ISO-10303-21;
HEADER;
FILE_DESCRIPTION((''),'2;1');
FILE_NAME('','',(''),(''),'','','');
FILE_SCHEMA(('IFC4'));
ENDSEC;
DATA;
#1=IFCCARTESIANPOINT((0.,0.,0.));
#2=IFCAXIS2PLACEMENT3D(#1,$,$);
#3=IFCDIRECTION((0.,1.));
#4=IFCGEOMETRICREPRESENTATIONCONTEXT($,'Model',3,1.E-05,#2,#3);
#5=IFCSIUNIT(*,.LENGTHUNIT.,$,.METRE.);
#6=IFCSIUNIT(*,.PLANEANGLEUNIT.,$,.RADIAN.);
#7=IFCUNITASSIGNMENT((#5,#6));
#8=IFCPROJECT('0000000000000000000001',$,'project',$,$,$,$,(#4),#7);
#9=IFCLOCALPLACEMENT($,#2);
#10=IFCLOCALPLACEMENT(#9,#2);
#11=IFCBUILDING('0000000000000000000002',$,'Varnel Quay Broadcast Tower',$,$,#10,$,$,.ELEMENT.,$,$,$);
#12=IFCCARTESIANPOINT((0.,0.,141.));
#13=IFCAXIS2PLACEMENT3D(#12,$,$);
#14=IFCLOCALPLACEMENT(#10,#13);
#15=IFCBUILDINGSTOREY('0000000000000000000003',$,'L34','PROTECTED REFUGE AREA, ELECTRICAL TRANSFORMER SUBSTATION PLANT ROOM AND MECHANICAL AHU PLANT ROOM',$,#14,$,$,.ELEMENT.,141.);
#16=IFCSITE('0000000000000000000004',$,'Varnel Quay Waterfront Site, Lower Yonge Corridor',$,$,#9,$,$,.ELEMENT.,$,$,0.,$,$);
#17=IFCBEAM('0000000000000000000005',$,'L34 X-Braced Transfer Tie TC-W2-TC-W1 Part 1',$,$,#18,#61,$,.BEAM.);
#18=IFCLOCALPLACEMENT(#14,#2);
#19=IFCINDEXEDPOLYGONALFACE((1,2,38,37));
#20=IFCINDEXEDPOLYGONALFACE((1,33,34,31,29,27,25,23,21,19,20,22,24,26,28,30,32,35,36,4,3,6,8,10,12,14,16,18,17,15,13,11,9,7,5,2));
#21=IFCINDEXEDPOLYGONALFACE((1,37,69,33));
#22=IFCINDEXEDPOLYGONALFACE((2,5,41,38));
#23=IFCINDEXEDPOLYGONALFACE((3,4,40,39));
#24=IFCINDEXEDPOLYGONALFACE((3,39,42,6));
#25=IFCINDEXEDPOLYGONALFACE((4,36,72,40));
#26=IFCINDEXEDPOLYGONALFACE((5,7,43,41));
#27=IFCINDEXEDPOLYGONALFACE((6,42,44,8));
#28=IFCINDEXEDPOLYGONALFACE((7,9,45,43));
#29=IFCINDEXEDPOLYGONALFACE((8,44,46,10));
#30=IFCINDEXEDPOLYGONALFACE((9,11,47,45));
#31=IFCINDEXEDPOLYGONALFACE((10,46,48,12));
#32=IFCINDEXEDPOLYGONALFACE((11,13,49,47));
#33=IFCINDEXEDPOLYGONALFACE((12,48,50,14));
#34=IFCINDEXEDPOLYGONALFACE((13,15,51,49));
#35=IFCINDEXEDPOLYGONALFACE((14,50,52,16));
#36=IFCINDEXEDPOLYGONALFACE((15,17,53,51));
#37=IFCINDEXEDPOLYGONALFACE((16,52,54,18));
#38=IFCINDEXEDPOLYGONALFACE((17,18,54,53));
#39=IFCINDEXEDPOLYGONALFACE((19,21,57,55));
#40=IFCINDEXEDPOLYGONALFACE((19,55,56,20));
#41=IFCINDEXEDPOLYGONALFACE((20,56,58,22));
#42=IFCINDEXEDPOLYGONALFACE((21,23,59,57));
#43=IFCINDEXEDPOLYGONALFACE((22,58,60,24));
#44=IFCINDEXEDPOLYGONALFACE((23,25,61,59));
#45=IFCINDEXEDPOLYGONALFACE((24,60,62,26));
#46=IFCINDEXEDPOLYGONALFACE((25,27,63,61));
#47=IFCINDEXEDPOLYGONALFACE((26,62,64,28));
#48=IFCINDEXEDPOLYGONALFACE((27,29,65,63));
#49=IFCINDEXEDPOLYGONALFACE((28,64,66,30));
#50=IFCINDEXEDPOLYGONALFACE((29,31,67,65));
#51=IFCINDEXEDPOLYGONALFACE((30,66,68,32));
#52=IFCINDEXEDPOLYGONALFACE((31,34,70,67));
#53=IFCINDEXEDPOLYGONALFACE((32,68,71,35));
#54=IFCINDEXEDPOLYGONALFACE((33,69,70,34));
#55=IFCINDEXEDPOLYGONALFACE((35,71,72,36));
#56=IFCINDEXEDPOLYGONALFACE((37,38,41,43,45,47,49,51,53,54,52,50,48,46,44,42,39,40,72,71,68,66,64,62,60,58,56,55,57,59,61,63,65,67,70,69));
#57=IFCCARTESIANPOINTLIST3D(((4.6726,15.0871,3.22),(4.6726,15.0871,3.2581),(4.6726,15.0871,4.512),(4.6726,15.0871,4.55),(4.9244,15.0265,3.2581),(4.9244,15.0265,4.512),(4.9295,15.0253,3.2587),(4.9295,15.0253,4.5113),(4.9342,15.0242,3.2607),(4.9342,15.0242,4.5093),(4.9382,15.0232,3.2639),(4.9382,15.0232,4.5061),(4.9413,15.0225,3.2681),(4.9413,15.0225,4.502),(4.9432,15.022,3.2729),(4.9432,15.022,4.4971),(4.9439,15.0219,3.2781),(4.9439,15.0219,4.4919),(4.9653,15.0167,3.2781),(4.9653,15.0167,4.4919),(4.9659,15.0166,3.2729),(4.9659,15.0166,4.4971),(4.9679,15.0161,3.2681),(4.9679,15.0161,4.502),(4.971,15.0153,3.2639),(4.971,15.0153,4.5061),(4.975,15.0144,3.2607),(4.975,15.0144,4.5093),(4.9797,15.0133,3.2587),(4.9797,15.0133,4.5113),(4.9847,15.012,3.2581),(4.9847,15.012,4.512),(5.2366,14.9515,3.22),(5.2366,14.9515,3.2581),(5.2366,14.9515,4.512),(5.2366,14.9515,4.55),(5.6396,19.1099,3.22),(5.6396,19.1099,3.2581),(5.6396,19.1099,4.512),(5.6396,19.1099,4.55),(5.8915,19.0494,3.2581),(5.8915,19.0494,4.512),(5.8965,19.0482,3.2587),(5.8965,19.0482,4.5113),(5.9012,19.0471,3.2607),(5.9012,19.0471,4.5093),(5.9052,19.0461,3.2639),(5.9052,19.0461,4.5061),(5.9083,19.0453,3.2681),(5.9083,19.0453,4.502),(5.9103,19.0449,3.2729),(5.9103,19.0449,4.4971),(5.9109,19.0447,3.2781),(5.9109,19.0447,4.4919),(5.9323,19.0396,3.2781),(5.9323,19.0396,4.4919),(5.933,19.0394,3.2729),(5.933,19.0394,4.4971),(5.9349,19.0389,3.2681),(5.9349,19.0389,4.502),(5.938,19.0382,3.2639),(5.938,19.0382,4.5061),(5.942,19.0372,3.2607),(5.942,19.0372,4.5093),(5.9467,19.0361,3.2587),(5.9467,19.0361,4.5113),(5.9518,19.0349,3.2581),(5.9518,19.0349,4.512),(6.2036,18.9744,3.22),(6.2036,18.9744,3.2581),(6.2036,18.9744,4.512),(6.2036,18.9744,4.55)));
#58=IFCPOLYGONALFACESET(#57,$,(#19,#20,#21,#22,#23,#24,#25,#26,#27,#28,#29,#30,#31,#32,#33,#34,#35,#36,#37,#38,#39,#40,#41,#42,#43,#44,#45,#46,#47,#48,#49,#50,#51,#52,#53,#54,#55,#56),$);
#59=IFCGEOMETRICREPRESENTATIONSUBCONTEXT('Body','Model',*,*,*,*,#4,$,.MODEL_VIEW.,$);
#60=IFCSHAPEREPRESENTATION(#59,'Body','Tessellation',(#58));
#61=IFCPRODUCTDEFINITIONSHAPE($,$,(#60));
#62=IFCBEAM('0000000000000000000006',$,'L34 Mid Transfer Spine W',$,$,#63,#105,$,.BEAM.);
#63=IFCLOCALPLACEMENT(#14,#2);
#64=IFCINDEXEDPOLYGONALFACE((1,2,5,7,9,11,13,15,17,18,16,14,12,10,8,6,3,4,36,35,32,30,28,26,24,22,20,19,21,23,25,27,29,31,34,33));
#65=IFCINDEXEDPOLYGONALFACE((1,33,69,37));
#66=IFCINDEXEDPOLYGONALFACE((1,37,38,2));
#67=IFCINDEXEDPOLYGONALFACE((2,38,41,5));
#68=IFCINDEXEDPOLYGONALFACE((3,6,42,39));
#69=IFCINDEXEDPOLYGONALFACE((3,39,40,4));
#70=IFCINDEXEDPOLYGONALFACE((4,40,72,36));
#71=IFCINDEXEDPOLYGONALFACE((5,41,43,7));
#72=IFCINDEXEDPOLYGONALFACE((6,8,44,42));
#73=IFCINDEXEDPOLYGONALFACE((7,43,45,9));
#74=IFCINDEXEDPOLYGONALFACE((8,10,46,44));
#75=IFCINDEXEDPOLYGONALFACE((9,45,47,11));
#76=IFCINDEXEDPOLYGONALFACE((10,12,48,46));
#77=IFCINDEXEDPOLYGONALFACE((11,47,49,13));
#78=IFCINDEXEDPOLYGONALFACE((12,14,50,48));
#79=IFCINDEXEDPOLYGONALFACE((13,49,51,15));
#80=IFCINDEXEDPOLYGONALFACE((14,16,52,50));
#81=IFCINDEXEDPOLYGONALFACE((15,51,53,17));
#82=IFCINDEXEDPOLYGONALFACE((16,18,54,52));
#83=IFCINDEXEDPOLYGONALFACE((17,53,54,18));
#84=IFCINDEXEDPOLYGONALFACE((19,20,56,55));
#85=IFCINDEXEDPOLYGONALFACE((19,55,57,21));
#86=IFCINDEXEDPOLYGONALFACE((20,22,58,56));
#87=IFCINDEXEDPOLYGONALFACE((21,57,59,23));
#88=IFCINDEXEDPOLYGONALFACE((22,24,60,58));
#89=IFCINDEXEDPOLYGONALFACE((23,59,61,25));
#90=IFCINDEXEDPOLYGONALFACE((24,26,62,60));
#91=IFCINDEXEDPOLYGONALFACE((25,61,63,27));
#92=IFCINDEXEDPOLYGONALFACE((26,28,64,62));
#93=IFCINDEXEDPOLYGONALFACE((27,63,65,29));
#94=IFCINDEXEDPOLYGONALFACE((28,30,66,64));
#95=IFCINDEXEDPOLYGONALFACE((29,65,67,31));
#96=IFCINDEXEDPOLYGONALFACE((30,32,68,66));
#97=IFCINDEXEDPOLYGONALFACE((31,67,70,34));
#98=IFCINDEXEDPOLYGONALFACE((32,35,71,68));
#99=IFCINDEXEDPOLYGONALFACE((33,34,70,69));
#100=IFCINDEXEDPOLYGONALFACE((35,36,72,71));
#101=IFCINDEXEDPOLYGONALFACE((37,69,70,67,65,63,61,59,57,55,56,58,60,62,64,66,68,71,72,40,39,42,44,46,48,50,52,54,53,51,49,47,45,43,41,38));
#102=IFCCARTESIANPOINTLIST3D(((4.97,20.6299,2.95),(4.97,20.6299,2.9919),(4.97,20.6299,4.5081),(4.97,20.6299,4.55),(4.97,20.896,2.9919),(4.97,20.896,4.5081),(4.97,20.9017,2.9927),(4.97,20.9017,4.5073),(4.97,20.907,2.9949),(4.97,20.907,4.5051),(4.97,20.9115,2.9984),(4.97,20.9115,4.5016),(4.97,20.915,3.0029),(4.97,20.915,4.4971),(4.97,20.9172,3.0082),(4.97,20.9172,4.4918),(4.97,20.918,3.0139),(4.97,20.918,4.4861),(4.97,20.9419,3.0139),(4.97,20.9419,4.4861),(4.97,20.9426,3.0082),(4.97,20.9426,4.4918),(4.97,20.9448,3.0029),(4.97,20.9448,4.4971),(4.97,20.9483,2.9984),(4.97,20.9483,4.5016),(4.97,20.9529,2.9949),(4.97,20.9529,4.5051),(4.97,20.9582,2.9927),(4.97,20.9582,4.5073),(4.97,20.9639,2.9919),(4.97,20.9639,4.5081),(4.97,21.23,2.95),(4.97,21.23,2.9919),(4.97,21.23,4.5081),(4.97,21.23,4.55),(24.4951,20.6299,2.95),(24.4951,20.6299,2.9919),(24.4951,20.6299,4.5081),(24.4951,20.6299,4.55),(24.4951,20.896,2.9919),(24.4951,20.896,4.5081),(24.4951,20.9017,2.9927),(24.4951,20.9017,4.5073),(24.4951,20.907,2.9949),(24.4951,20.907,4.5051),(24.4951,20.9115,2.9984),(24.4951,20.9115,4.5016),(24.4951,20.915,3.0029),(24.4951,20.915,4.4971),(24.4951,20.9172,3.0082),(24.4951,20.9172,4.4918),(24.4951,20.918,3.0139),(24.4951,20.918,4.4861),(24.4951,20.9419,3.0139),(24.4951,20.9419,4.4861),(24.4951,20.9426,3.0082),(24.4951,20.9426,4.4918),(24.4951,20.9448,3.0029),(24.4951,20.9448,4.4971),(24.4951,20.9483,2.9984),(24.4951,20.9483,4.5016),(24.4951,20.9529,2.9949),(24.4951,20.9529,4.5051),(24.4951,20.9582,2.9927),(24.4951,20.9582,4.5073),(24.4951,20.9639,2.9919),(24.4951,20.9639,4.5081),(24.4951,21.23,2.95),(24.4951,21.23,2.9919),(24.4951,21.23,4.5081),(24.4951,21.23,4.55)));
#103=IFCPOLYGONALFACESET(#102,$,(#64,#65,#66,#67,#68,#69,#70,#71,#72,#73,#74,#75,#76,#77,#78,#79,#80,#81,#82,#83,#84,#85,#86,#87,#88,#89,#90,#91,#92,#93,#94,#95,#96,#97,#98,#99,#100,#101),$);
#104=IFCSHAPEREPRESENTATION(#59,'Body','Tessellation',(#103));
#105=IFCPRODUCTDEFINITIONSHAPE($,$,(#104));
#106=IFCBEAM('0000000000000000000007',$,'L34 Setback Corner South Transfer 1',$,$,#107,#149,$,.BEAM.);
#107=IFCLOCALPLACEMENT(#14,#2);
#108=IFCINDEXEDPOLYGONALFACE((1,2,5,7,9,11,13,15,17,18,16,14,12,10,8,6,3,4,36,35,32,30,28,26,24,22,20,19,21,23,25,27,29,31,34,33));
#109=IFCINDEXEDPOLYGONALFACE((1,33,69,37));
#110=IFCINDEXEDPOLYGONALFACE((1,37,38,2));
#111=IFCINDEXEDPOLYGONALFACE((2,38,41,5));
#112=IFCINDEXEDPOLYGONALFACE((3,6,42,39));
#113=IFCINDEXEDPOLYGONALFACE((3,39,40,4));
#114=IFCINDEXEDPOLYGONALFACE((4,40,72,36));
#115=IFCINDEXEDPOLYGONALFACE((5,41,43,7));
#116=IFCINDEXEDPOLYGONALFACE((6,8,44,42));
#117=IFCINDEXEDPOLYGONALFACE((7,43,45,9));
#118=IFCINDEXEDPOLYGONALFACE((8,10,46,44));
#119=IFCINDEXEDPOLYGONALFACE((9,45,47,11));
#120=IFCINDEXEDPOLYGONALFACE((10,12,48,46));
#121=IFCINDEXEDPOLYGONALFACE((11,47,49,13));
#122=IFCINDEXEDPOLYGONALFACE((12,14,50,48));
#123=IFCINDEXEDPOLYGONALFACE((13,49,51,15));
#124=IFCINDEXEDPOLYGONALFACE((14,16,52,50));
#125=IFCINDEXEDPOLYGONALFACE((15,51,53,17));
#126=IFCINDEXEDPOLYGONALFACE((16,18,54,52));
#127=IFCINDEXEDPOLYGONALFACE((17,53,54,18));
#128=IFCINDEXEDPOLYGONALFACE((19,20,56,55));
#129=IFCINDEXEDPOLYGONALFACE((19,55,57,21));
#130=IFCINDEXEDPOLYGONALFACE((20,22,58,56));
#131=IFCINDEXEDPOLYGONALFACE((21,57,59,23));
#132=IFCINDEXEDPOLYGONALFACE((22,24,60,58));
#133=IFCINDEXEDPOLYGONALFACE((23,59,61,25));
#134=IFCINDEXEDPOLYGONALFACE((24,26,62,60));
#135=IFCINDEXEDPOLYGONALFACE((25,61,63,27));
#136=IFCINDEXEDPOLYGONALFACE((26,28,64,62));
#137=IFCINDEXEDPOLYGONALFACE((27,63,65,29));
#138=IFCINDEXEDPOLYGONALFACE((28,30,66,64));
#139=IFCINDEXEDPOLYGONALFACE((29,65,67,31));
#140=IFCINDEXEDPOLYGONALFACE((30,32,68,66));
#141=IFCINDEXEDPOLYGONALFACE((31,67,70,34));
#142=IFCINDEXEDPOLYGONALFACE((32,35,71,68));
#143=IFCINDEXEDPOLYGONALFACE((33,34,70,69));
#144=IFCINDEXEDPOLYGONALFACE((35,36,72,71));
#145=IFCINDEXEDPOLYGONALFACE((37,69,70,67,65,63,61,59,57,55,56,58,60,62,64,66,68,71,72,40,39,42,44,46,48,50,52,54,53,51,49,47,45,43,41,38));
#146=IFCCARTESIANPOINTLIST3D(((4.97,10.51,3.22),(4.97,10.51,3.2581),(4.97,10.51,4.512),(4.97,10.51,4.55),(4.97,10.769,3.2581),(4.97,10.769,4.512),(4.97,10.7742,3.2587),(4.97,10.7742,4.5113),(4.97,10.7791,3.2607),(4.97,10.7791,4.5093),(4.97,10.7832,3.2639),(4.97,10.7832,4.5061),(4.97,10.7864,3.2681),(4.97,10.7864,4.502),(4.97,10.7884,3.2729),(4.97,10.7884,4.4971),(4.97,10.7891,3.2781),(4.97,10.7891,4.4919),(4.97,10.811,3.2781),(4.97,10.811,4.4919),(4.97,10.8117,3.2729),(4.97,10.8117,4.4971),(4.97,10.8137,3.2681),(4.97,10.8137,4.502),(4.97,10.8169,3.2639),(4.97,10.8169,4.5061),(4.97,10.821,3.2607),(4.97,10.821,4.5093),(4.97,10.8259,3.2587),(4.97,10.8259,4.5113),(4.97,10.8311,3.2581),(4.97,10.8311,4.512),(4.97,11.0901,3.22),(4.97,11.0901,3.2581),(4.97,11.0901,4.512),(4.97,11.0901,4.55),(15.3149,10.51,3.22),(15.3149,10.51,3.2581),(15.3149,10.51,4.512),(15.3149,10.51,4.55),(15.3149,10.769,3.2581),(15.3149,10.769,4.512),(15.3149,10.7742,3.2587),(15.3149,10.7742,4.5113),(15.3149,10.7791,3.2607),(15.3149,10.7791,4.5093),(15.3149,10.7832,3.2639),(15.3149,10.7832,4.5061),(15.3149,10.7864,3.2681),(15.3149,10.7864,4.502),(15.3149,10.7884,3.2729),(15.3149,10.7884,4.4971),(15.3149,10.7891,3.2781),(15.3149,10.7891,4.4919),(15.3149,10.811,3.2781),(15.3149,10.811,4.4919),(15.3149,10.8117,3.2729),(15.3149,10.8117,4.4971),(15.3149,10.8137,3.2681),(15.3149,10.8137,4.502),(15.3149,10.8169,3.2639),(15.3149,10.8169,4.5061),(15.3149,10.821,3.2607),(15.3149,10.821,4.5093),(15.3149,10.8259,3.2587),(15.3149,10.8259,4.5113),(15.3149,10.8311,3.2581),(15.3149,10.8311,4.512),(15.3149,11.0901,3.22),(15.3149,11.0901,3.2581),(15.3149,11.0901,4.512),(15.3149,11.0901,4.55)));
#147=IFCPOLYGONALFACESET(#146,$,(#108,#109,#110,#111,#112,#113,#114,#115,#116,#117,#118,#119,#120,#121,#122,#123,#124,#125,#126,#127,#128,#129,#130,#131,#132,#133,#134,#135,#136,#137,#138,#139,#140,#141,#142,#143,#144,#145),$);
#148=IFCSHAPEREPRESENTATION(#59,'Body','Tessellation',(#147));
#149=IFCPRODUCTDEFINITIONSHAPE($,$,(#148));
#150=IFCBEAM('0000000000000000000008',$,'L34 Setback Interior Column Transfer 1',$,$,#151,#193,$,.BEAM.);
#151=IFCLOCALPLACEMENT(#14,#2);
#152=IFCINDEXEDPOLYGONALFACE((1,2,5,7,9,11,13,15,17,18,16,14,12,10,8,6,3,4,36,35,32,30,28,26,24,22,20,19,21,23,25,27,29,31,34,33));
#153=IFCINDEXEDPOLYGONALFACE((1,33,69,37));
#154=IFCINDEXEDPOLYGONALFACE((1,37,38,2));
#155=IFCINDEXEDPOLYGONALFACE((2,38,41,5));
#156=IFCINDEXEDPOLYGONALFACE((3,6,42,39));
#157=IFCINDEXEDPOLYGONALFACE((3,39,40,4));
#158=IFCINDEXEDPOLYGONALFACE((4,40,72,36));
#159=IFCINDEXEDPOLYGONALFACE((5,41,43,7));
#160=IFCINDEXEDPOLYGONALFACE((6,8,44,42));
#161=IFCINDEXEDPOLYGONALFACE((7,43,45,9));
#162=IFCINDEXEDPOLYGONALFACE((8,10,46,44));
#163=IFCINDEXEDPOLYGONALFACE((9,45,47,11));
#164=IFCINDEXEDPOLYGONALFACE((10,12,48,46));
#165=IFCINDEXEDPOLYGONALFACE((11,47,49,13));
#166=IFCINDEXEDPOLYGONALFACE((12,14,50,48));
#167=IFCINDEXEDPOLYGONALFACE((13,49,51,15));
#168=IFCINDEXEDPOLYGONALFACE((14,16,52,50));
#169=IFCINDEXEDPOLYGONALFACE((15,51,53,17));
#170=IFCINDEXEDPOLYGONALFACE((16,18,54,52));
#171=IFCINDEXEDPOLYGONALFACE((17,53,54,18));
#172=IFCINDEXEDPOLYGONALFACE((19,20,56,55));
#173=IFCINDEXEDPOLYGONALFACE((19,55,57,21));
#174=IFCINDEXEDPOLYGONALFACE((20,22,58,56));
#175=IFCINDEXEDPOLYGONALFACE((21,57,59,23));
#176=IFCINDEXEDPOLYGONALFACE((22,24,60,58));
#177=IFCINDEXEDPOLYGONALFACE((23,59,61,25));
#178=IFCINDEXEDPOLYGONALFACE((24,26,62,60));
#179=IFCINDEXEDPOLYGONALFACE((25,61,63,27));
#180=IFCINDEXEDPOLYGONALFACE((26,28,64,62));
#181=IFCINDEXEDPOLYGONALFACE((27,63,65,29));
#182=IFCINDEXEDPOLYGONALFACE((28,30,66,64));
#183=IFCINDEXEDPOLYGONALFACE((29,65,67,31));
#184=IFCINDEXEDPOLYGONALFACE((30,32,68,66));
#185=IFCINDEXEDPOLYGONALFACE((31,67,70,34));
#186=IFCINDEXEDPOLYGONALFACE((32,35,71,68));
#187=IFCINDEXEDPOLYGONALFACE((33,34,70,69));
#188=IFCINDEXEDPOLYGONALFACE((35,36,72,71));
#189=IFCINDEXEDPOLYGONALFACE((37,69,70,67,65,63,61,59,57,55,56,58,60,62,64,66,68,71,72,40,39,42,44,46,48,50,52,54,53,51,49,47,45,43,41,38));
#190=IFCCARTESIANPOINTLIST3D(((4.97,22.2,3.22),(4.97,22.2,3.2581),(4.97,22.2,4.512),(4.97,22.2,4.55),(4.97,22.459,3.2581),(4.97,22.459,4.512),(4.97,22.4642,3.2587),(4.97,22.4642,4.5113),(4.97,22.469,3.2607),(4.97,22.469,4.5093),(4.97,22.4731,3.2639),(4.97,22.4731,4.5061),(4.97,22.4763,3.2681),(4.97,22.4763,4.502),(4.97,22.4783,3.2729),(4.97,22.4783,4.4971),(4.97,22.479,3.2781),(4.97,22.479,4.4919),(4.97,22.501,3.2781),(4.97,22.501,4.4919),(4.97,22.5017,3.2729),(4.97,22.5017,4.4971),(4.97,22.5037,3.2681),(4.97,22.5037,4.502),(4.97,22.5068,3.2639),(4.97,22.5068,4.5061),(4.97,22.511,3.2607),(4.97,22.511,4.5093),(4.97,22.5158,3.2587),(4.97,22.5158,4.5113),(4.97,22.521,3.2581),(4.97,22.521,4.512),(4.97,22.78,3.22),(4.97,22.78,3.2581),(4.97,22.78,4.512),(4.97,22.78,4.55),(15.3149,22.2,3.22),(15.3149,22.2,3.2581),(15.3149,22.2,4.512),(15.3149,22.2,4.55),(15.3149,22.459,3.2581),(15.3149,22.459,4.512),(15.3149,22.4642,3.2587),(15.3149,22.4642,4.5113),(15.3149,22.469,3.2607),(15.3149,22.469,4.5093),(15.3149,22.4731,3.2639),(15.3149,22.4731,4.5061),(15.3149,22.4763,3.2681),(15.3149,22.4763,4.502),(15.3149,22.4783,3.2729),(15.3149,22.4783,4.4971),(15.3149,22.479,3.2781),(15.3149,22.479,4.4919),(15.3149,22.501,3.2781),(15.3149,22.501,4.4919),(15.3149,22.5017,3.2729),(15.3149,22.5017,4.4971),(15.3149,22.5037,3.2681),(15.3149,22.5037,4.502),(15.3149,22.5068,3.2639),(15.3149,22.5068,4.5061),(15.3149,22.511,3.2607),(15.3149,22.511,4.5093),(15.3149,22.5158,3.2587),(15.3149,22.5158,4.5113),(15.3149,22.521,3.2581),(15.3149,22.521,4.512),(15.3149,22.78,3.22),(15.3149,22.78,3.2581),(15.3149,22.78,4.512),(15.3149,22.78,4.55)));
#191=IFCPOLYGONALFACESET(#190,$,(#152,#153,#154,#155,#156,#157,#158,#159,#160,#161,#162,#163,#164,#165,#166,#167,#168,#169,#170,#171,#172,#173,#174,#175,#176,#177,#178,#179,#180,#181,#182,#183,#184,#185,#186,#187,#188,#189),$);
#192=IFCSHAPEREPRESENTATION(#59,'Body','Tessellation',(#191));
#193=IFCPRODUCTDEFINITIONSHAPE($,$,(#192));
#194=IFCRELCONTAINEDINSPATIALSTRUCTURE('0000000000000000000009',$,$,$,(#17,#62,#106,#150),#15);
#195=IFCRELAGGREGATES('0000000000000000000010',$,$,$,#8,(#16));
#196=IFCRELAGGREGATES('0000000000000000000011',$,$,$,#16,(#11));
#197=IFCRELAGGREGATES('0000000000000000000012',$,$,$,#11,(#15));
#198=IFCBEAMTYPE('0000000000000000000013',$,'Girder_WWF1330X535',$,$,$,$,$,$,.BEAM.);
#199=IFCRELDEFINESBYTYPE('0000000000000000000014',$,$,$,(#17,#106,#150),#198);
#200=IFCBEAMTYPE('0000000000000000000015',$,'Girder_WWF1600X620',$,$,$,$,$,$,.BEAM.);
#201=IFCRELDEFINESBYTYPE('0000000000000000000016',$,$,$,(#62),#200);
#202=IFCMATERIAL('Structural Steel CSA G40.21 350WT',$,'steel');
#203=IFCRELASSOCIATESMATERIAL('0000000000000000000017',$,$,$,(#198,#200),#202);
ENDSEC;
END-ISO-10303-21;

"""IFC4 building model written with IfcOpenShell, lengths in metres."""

from ifc_helpers import new_model, si_unit, direction, frame, origin, origin_2d, place, context, subcontext, project, spatial, i_section, extrude, source, transform, mapped, material, material_profile, profile_set, type_object, type_shapes, element, save


model = new_model("IFC4")

# Units and contexts
model_context = context("Model", 3, precision=1e-05, world=origin(), true_north=direction((0.0, 1.0)))
body_context = subcontext(model_context, "Body", "Model", "MODEL_VIEW")
ifc_project = project(units=[si_unit("LENGTHUNIT", "METRE"), si_unit("PLANEANGLEUNIT", "RADIAN")], contexts=[model_context])

# Site, building, storey
site_placement = place(None, origin())
site = spatial("IfcSite", under=ifc_project, at=site_placement, Name="Varnel Quay Waterfront Site, Lower Yonge Corridor", CompositionType="ELEMENT", RefElevation=0.0)
building_placement = place(site_placement, origin())
building = spatial("IfcBuilding", under=site, at=building_placement, Name="Varnel Quay Broadcast Tower", CompositionType="ELEMENT")
storey_placement = place(building_placement, frame((0.0, 0.0, 141.0)))
storey = spatial("IfcBuildingStorey", under=building, at=storey_placement, Name="L34", Description="PROTECTED REFUGE AREA, ELECTRICAL TRANSFORMER SUBSTATION PLANT ROOM AND MECHANICAL AHU PLANT ROOM", CompositionType="ELEMENT", Elevation=141.0)

# Beams
ifc_material_1 = material(Name="Structural Steel CSA G40.21 350WT", Category="steel")
ifc_material_profile_1 = material_profile(ifc_material_1, i_section(OverallWidth=0.5801, OverallDepth=1.3301, WebThickness=0.022, FlangeThickness=0.0381, FilletRadius=0.02, at=origin_2d()), Name="WWF1330X535")
ifc_profile_set_1 = profile_set([ifc_material_profile_1], Name="Structural Steel CSA G40.21 350WT")
beam_type_1 = type_object("IfcBeamType", Name="Girder_WWF1330X535", PredefinedType="BEAM", material=ifc_profile_set_1)
shared_shape_1 = source(origin(), body_context, "Body", "SweptSolid", [
    extrude(i_section(OverallWidth=0.5801, OverallDepth=1.3301, WebThickness=0.022, FlangeThickness=0.0381, FilletRadius=0.02, at=origin_2d()), origin(), (0.0, 0.0, 1.0), 4.1375),
])
beam_1_placement = place(storey_placement, frame((4.9546, 15.0193, 3.885), z_axis=(0.233723, 0.972303, 0.0), x_axis=(-0.972303, 0.233723, 0.0)))
element("IfcBeam", 1, at=beam_1_placement, inside=storey, type_object=beam_type_1, Name="L34 X-Braced Transfer Tie TC-W2-TC-W1 Part 1", PredefinedType="BEAM", context=body_context, shape_type="MappedRepresentation", body=[
    mapped(shared_shape_1, transform((0.0, 0.0, 0.0), x_axis=(1.0, 0.0, 0.0), y_axis=(0.0, 1.0, 0.0), z_axis=(0.0, 0.0, 1.0), scale=1.0)),
])
ifc_material_profile_2 = material_profile(ifc_material_1, i_section(OverallWidth=0.6001, OverallDepth=1.6001, WebThickness=0.0239, FlangeThickness=0.042, FilletRadius=0.022, at=origin_2d()), Name="WWF1600X620")
ifc_profile_set_2 = profile_set([ifc_material_profile_2], Name="Structural Steel CSA G40.21 350WT")
beam_type_2 = type_object("IfcBeamType", Name="Girder_WWF1600X620", PredefinedType="BEAM", material=ifc_profile_set_2)
shared_shape_2 = source(origin(), body_context, "Body", "SweptSolid", [
    extrude(i_section(OverallWidth=0.6001, OverallDepth=1.6001, WebThickness=0.0239, FlangeThickness=0.042, FilletRadius=0.022, at=origin_2d()), origin(), (0.0, 0.0, 1.0), 19.5251),
])
type_shapes(beam_type_2, [shared_shape_2])
beam_2_placement = place(storey_placement, frame((4.97, 20.9299, 3.75), z_axis=(1.0, 0.0, 0.0), x_axis=(0.0, 1.0, 0.0)))
element("IfcBeam", 2, at=beam_2_placement, inside=storey, type_object=beam_type_2, Name="L34 Mid Transfer Spine W", PredefinedType="BEAM", context=body_context, shape_type="MappedRepresentation", body=[
    mapped(shared_shape_2, transform((0.0, 0.0, 0.0), x_axis=(1.0, 0.0, 0.0), y_axis=(0.0, 1.0, 0.0), z_axis=(0.0, 0.0, 1.0), scale=1.0)),
])
shared_shape_3 = source(origin(), body_context, "Body", "SweptSolid", [
    extrude(i_section(OverallWidth=0.5801, OverallDepth=1.3301, WebThickness=0.022, FlangeThickness=0.0381, FilletRadius=0.02, at=origin_2d()), origin(), (0.0, 0.0, 1.0), 10.345),
])
for number, where, z_axis, x_axis, name in (
    (3, (4.97, 10.8, 3.885), (1.0, 0.0, 0.0), (0.0, 1.0, 0.0), "L34 Setback Corner South Transfer 1"),
    (4, (4.97, 22.49, 3.885), (1.0, 0.0, 0.0), (0.0, 1.0, 0.0), "L34 Setback Interior Column Transfer 1"),
):
    element("IfcBeam", number, at=place(storey_placement, frame(where, z_axis=z_axis, x_axis=x_axis)), inside=storey, type_object=beam_type_1, Name=name, PredefinedType="BEAM", context=body_context, shape_type="MappedRepresentation", body=[
        mapped(shared_shape_3, transform((0.0, 0.0, 0.0), x_axis=(1.0, 0.0, 0.0), y_axis=(0.0, 1.0, 0.0), z_axis=(0.0, 0.0, 1.0), scale=1.0)),
    ])

save(model, "model.ifc")
